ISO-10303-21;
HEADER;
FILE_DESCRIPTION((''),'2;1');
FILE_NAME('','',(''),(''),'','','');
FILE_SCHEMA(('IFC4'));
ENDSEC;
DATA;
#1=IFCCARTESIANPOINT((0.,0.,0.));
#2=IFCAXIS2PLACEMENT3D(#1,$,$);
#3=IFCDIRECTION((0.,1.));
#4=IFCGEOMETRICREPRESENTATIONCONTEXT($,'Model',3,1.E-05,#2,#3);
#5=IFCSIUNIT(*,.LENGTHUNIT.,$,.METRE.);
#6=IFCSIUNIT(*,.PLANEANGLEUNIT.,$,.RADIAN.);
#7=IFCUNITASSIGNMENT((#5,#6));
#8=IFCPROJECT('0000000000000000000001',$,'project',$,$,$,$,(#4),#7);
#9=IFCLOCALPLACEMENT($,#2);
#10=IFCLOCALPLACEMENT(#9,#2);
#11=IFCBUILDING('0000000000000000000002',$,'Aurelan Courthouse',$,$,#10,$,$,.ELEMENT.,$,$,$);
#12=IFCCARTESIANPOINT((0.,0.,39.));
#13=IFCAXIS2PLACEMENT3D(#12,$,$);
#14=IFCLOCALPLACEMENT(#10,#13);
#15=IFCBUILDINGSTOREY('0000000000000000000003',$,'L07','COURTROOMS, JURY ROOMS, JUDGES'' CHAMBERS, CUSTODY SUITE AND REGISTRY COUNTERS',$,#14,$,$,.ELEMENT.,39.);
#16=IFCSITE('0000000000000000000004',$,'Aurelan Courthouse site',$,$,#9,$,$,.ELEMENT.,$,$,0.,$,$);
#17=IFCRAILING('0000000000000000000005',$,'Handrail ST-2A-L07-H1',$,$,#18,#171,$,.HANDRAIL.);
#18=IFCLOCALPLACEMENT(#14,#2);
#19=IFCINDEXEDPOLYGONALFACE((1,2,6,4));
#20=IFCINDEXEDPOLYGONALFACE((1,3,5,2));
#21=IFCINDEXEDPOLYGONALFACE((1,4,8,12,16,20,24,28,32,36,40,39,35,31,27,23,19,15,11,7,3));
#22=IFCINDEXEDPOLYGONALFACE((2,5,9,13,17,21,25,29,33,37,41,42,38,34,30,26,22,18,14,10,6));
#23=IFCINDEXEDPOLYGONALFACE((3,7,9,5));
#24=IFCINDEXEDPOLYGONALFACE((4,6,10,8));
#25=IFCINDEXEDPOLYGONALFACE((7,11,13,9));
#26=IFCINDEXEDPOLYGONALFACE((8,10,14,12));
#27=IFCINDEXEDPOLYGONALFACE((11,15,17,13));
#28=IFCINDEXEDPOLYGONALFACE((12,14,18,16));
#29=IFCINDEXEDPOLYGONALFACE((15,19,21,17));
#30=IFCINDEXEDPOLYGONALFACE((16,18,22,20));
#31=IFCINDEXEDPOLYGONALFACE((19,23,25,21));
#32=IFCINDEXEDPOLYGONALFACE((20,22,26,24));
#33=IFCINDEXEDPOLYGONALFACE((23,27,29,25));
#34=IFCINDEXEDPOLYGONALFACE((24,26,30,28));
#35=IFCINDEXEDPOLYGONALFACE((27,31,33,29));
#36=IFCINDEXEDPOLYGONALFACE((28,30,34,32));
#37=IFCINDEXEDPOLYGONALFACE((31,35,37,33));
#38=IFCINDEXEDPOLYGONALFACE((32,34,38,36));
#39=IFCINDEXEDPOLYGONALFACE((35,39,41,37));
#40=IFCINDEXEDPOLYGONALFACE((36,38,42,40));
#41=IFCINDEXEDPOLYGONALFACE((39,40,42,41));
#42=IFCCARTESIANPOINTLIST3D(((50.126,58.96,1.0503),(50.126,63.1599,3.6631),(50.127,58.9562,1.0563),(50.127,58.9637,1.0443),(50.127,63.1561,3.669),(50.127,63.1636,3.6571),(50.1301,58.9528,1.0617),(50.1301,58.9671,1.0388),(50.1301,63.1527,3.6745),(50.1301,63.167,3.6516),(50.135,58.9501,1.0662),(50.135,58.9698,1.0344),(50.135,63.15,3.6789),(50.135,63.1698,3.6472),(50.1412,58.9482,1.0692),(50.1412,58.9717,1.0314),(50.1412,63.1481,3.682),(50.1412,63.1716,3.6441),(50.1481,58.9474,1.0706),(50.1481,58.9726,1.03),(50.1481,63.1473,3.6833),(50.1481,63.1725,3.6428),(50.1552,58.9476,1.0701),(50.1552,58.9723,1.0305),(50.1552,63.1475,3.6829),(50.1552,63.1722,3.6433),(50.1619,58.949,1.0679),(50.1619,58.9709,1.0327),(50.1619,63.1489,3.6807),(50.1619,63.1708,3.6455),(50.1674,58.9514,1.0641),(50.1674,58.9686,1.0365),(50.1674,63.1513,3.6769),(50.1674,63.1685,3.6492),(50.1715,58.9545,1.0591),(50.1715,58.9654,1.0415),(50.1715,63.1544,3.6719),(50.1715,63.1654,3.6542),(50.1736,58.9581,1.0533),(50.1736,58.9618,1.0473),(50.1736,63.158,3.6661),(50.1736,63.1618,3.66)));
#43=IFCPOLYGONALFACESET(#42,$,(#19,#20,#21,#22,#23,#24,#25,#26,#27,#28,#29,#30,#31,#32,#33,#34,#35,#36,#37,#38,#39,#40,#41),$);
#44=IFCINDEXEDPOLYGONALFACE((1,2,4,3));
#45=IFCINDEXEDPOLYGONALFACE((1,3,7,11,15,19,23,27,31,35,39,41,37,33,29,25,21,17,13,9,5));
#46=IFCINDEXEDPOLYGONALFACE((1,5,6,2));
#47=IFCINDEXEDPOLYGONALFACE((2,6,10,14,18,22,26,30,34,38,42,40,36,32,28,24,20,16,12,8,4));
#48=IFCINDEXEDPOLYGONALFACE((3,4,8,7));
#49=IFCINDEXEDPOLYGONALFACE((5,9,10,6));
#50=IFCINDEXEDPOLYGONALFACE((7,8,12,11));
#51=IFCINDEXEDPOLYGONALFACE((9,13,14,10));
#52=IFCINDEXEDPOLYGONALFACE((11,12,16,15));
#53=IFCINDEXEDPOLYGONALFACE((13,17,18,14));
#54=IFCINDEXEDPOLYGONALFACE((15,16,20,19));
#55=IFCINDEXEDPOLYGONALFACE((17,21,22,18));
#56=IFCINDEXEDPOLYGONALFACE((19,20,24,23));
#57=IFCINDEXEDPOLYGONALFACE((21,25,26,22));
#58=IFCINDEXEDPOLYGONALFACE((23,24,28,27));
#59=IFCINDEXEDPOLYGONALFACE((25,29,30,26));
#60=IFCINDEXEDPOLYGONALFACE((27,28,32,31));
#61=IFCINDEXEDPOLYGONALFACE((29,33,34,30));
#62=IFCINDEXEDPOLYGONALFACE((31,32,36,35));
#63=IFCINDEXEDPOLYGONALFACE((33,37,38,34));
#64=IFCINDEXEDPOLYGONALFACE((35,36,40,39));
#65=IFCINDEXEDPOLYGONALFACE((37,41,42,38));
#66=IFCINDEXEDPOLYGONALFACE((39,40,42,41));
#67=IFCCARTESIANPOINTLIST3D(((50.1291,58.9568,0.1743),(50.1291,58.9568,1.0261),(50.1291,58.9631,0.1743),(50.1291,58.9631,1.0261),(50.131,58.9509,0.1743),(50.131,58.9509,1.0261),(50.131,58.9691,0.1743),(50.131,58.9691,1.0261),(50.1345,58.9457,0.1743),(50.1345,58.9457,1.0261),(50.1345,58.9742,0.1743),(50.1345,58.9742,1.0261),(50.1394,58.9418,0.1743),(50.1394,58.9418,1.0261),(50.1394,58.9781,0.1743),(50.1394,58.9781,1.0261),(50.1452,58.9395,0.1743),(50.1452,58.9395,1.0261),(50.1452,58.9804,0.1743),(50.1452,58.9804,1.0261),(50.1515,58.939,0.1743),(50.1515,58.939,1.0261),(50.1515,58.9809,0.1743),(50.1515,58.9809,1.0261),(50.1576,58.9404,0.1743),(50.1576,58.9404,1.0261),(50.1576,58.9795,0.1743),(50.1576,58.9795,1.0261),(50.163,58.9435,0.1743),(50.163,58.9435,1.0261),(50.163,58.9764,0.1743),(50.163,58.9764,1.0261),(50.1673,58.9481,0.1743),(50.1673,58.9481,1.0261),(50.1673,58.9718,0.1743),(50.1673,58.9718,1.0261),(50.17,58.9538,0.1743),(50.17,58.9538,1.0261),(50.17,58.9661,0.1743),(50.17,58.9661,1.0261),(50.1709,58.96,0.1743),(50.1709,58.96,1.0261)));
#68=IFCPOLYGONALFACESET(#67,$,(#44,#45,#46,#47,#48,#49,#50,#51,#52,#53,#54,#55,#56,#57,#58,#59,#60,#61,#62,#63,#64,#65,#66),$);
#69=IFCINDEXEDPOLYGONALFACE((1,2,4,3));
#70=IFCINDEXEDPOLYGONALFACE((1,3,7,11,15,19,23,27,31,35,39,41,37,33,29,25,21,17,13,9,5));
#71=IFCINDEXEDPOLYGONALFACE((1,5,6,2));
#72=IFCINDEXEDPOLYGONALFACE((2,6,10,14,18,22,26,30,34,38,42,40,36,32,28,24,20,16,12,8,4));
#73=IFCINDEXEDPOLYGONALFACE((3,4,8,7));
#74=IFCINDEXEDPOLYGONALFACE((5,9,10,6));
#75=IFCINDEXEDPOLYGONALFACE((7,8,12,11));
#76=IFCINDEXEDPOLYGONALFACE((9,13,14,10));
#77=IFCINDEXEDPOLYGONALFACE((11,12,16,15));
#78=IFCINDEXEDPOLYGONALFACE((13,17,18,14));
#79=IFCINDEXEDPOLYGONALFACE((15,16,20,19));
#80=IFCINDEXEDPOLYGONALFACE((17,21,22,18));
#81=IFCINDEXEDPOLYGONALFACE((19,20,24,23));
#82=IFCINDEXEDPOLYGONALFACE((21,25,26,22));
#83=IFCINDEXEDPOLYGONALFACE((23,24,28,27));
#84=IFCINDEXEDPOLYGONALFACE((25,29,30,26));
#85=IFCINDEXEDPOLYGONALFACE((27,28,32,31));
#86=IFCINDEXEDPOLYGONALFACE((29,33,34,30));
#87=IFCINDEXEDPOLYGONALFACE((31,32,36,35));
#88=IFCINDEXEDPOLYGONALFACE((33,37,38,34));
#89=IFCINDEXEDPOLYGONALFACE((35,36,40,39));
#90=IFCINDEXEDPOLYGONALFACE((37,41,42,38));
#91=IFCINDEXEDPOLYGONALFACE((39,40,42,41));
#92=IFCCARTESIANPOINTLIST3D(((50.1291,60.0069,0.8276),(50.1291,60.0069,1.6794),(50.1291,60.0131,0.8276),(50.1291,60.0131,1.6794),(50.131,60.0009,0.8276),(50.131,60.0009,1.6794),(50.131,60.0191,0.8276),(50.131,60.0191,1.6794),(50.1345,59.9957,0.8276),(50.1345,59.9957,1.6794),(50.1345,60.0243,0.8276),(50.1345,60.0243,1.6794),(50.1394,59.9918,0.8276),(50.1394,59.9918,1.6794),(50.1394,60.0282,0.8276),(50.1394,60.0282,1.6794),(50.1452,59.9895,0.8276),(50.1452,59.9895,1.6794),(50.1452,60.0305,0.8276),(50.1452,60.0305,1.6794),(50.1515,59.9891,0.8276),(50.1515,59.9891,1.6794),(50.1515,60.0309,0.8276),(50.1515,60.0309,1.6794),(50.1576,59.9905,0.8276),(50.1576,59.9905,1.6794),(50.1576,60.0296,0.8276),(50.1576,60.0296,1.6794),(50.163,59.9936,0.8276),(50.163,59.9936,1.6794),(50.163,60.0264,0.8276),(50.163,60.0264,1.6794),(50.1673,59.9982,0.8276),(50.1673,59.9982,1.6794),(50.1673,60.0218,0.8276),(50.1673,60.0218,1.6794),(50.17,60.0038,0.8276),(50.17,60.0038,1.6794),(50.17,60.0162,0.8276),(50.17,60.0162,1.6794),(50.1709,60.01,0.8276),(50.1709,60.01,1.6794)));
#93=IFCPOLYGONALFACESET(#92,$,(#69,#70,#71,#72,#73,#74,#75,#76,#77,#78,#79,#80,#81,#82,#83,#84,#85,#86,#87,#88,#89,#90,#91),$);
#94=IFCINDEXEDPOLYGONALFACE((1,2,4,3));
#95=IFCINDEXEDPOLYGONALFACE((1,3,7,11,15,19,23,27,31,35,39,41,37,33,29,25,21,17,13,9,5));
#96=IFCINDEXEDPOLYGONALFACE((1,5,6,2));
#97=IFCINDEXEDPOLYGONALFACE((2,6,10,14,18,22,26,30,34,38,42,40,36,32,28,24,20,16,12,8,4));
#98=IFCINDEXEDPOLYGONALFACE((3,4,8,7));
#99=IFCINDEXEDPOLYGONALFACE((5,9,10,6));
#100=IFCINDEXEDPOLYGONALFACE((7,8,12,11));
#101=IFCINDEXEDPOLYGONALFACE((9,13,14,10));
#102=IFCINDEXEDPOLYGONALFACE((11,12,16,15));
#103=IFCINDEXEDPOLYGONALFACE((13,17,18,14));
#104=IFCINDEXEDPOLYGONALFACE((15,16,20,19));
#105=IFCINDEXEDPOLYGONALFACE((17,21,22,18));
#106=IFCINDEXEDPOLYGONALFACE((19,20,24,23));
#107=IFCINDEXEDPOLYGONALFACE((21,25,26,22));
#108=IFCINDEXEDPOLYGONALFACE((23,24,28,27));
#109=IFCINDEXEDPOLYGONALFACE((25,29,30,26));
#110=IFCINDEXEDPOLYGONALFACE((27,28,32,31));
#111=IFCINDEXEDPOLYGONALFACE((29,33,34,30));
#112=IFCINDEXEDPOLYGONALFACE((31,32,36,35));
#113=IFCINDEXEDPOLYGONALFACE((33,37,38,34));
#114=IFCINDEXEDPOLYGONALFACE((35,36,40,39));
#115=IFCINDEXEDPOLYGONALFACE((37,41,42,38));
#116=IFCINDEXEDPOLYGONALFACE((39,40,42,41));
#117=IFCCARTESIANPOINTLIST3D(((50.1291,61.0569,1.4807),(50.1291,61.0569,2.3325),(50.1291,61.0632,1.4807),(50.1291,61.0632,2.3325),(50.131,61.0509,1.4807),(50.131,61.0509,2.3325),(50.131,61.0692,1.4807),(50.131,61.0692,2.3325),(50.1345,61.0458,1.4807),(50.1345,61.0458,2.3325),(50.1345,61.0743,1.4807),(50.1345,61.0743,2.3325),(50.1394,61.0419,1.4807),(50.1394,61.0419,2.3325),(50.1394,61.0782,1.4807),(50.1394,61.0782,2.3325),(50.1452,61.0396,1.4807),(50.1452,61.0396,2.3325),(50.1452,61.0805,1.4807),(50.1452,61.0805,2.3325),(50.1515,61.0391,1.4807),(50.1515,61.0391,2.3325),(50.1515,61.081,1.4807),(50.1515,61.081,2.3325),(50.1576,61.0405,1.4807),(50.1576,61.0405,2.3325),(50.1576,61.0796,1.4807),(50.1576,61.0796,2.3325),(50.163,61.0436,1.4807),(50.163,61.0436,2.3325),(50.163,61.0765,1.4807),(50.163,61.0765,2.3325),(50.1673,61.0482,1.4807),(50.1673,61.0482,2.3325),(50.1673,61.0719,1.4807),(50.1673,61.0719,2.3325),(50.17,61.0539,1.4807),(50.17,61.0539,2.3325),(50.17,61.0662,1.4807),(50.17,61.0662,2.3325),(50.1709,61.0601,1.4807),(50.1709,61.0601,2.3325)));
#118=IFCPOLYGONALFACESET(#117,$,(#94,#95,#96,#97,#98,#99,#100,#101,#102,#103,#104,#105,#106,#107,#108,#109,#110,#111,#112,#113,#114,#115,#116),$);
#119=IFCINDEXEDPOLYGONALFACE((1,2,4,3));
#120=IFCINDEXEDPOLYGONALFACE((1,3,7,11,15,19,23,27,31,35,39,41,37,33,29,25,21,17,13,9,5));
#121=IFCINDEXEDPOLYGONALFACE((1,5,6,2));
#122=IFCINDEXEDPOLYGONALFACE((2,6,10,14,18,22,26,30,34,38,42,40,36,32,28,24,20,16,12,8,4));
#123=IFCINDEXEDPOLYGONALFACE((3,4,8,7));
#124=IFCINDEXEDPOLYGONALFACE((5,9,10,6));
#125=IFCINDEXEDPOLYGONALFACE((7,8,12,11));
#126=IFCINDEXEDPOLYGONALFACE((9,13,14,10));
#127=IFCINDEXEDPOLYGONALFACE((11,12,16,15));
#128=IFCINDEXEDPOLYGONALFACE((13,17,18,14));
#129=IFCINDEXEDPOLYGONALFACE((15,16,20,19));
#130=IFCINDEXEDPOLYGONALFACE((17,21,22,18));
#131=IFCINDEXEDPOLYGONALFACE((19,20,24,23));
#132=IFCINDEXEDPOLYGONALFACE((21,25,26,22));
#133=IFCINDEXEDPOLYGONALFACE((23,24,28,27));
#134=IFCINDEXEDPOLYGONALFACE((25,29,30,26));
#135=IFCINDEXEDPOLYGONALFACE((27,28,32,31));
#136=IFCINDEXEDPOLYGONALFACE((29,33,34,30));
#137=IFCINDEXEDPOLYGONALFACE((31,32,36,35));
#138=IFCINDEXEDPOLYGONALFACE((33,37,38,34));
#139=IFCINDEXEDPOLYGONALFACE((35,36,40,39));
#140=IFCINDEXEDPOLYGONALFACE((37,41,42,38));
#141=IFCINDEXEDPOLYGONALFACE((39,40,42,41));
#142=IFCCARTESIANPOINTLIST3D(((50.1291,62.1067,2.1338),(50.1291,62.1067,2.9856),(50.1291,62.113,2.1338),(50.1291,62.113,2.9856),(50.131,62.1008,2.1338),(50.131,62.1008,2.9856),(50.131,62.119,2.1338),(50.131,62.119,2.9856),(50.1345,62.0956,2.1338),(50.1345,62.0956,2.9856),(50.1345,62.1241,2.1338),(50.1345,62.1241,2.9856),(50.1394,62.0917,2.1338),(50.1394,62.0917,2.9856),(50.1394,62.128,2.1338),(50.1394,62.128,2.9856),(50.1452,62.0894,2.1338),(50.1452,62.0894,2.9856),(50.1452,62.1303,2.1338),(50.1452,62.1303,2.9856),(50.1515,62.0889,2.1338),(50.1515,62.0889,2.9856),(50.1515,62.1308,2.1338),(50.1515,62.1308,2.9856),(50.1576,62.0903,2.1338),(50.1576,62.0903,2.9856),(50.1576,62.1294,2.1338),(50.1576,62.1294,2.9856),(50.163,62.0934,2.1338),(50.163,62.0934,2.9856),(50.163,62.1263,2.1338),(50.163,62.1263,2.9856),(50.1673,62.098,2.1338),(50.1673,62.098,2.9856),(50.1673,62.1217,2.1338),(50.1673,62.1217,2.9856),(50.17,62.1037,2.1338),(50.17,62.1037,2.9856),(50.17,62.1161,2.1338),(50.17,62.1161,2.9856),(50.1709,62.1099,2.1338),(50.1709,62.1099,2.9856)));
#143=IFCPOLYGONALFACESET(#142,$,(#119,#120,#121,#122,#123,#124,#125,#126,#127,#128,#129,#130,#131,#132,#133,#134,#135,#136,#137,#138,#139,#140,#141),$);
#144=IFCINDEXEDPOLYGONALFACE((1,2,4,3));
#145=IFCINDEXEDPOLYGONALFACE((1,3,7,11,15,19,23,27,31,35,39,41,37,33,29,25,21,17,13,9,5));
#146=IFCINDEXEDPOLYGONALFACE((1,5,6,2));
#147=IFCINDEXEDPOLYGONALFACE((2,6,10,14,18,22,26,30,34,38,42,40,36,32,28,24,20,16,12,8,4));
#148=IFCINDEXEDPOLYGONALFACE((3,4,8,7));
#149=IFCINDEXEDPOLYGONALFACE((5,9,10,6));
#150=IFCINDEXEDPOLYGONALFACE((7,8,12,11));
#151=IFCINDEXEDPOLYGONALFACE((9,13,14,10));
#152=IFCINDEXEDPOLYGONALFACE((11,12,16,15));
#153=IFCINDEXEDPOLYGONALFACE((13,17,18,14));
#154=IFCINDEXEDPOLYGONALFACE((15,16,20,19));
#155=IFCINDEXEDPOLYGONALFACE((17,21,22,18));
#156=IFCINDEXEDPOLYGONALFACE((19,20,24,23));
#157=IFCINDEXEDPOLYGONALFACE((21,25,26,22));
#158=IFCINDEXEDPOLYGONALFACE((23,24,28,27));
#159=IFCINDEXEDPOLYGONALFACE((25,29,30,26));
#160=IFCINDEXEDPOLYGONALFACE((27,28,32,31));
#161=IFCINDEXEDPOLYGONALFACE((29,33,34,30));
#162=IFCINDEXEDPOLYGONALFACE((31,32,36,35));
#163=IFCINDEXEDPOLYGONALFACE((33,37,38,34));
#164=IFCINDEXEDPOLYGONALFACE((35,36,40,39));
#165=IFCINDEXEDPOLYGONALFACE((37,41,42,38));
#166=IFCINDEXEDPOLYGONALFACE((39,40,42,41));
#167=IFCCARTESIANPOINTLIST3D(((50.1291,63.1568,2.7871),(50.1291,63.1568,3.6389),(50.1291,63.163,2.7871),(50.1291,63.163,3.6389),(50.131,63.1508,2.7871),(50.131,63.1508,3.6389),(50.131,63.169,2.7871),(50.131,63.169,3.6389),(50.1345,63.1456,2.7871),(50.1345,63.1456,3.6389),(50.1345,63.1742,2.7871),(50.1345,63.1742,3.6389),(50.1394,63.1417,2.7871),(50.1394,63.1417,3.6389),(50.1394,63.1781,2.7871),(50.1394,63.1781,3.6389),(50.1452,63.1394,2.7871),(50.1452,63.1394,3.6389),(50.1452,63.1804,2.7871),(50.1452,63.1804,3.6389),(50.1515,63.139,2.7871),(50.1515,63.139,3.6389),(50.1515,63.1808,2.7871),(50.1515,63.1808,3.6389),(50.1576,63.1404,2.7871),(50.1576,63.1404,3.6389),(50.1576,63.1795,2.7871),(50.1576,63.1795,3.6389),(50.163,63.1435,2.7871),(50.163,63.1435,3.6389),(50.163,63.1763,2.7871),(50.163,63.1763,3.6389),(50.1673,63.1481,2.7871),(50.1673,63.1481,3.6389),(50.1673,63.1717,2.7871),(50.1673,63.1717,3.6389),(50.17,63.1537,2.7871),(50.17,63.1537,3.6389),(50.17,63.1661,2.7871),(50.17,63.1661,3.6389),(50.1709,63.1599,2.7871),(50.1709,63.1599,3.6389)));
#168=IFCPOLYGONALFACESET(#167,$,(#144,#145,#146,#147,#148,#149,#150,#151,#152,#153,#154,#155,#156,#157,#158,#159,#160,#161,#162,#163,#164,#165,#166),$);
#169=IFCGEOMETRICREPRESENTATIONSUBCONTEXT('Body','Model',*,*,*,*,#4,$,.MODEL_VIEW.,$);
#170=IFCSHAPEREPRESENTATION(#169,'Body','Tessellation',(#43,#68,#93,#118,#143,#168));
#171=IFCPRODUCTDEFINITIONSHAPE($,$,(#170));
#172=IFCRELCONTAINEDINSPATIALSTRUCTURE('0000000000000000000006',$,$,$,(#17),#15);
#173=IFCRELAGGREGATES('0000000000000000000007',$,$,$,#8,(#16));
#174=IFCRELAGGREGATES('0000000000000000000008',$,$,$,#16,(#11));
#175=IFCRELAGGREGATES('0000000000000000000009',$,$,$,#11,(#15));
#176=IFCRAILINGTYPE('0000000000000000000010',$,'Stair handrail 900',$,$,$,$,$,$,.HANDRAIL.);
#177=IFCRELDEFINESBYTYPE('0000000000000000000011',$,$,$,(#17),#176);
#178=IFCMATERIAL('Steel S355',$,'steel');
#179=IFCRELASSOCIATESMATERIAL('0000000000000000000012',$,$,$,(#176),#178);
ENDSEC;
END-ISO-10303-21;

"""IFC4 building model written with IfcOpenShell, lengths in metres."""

from ifc_helpers import new_model, si_unit, direction, frame, origin, origin_2d, place, context, subcontext, project, spatial, circle, extrude, material, type_object, element, save


model = new_model("IFC4")

# Units and contexts
model_context = context("Model", 3, precision=1e-05, world=origin(), true_north=direction((0.0, 1.0)))
body_context = subcontext(model_context, "Body", "Model", "MODEL_VIEW")
ifc_project = project(units=[si_unit("LENGTHUNIT", "METRE"), si_unit("PLANEANGLEUNIT", "RADIAN")], contexts=[model_context])

# Site, building, storey
site_placement = place(None, origin())
site = spatial("IfcSite", under=ifc_project, at=site_placement, Name="Aurelan Courthouse site", CompositionType="ELEMENT", RefElevation=0.0)
building_placement = place(site_placement, origin())
building = spatial("IfcBuilding", under=site, at=building_placement, Name="Aurelan Courthouse", CompositionType="ELEMENT")
storey_placement = place(building_placement, frame((0.0, 0.0, 39.0)))
storey = spatial("IfcBuildingStorey", under=building, at=storey_placement, Name="L07", Description="COURTROOMS, JURY ROOMS, JUDGES' CHAMBERS, CUSTODY SUITE AND REGISTRY COUNTERS", CompositionType="ELEMENT", Elevation=39.0)

# Shared definitions
ifc_material_1 = material(Name="Steel S355", Category="steel")

# Railing
railing_type_1 = type_object("IfcRailingType", Name="Stair handrail 900", PredefinedType="HANDRAIL", material=ifc_material_1)
for number, where, name in (
    (1, (50.1499, 58.96, 0.1743), "Handrail ST-2A-L07-H1"),
):
    element("IfcRailing", number, at=place(storey_placement, frame(where)), inside=storey, type_object=railing_type_1, Name=name, PredefinedType="HANDRAIL", context=body_context, shape_type="SweptSolid", body=[
        extrude(circle(Radius=0.0239, at=origin_2d()), frame((0.0, 0.0, 0.876), z_axis=(0.0, 0.849103, 0.528228), x_axis=(-1.0, 0.0, 0.0)), (0.0, 0.0, 1.0), 4.9463),
        extrude(circle(Radius=0.021, at=origin_2d()), origin(), (0.0, 0.0, 1.0), 0.8518),
        extrude(circle(Radius=0.021, at=origin_2d()), frame((0.0, 1.05, 0.6533)), (0.0, 0.0, 1.0), 0.8518),
        extrude(circle(Radius=0.021, at=origin_2d()), frame((0.0, 2.1001, 1.3064)), (0.0, 0.0, 1.0), 0.8518),
        extrude(circle(Radius=0.021, at=origin_2d()), frame((0.0, 3.1499, 1.9595)), (0.0, 0.0, 1.0), 0.8518),
        extrude(circle(Radius=0.021, at=origin_2d()), frame((0.0, 4.2, 2.6128)), (0.0, 0.0, 1.0), 0.8518),
    ])

save(model, "model.ifc")
